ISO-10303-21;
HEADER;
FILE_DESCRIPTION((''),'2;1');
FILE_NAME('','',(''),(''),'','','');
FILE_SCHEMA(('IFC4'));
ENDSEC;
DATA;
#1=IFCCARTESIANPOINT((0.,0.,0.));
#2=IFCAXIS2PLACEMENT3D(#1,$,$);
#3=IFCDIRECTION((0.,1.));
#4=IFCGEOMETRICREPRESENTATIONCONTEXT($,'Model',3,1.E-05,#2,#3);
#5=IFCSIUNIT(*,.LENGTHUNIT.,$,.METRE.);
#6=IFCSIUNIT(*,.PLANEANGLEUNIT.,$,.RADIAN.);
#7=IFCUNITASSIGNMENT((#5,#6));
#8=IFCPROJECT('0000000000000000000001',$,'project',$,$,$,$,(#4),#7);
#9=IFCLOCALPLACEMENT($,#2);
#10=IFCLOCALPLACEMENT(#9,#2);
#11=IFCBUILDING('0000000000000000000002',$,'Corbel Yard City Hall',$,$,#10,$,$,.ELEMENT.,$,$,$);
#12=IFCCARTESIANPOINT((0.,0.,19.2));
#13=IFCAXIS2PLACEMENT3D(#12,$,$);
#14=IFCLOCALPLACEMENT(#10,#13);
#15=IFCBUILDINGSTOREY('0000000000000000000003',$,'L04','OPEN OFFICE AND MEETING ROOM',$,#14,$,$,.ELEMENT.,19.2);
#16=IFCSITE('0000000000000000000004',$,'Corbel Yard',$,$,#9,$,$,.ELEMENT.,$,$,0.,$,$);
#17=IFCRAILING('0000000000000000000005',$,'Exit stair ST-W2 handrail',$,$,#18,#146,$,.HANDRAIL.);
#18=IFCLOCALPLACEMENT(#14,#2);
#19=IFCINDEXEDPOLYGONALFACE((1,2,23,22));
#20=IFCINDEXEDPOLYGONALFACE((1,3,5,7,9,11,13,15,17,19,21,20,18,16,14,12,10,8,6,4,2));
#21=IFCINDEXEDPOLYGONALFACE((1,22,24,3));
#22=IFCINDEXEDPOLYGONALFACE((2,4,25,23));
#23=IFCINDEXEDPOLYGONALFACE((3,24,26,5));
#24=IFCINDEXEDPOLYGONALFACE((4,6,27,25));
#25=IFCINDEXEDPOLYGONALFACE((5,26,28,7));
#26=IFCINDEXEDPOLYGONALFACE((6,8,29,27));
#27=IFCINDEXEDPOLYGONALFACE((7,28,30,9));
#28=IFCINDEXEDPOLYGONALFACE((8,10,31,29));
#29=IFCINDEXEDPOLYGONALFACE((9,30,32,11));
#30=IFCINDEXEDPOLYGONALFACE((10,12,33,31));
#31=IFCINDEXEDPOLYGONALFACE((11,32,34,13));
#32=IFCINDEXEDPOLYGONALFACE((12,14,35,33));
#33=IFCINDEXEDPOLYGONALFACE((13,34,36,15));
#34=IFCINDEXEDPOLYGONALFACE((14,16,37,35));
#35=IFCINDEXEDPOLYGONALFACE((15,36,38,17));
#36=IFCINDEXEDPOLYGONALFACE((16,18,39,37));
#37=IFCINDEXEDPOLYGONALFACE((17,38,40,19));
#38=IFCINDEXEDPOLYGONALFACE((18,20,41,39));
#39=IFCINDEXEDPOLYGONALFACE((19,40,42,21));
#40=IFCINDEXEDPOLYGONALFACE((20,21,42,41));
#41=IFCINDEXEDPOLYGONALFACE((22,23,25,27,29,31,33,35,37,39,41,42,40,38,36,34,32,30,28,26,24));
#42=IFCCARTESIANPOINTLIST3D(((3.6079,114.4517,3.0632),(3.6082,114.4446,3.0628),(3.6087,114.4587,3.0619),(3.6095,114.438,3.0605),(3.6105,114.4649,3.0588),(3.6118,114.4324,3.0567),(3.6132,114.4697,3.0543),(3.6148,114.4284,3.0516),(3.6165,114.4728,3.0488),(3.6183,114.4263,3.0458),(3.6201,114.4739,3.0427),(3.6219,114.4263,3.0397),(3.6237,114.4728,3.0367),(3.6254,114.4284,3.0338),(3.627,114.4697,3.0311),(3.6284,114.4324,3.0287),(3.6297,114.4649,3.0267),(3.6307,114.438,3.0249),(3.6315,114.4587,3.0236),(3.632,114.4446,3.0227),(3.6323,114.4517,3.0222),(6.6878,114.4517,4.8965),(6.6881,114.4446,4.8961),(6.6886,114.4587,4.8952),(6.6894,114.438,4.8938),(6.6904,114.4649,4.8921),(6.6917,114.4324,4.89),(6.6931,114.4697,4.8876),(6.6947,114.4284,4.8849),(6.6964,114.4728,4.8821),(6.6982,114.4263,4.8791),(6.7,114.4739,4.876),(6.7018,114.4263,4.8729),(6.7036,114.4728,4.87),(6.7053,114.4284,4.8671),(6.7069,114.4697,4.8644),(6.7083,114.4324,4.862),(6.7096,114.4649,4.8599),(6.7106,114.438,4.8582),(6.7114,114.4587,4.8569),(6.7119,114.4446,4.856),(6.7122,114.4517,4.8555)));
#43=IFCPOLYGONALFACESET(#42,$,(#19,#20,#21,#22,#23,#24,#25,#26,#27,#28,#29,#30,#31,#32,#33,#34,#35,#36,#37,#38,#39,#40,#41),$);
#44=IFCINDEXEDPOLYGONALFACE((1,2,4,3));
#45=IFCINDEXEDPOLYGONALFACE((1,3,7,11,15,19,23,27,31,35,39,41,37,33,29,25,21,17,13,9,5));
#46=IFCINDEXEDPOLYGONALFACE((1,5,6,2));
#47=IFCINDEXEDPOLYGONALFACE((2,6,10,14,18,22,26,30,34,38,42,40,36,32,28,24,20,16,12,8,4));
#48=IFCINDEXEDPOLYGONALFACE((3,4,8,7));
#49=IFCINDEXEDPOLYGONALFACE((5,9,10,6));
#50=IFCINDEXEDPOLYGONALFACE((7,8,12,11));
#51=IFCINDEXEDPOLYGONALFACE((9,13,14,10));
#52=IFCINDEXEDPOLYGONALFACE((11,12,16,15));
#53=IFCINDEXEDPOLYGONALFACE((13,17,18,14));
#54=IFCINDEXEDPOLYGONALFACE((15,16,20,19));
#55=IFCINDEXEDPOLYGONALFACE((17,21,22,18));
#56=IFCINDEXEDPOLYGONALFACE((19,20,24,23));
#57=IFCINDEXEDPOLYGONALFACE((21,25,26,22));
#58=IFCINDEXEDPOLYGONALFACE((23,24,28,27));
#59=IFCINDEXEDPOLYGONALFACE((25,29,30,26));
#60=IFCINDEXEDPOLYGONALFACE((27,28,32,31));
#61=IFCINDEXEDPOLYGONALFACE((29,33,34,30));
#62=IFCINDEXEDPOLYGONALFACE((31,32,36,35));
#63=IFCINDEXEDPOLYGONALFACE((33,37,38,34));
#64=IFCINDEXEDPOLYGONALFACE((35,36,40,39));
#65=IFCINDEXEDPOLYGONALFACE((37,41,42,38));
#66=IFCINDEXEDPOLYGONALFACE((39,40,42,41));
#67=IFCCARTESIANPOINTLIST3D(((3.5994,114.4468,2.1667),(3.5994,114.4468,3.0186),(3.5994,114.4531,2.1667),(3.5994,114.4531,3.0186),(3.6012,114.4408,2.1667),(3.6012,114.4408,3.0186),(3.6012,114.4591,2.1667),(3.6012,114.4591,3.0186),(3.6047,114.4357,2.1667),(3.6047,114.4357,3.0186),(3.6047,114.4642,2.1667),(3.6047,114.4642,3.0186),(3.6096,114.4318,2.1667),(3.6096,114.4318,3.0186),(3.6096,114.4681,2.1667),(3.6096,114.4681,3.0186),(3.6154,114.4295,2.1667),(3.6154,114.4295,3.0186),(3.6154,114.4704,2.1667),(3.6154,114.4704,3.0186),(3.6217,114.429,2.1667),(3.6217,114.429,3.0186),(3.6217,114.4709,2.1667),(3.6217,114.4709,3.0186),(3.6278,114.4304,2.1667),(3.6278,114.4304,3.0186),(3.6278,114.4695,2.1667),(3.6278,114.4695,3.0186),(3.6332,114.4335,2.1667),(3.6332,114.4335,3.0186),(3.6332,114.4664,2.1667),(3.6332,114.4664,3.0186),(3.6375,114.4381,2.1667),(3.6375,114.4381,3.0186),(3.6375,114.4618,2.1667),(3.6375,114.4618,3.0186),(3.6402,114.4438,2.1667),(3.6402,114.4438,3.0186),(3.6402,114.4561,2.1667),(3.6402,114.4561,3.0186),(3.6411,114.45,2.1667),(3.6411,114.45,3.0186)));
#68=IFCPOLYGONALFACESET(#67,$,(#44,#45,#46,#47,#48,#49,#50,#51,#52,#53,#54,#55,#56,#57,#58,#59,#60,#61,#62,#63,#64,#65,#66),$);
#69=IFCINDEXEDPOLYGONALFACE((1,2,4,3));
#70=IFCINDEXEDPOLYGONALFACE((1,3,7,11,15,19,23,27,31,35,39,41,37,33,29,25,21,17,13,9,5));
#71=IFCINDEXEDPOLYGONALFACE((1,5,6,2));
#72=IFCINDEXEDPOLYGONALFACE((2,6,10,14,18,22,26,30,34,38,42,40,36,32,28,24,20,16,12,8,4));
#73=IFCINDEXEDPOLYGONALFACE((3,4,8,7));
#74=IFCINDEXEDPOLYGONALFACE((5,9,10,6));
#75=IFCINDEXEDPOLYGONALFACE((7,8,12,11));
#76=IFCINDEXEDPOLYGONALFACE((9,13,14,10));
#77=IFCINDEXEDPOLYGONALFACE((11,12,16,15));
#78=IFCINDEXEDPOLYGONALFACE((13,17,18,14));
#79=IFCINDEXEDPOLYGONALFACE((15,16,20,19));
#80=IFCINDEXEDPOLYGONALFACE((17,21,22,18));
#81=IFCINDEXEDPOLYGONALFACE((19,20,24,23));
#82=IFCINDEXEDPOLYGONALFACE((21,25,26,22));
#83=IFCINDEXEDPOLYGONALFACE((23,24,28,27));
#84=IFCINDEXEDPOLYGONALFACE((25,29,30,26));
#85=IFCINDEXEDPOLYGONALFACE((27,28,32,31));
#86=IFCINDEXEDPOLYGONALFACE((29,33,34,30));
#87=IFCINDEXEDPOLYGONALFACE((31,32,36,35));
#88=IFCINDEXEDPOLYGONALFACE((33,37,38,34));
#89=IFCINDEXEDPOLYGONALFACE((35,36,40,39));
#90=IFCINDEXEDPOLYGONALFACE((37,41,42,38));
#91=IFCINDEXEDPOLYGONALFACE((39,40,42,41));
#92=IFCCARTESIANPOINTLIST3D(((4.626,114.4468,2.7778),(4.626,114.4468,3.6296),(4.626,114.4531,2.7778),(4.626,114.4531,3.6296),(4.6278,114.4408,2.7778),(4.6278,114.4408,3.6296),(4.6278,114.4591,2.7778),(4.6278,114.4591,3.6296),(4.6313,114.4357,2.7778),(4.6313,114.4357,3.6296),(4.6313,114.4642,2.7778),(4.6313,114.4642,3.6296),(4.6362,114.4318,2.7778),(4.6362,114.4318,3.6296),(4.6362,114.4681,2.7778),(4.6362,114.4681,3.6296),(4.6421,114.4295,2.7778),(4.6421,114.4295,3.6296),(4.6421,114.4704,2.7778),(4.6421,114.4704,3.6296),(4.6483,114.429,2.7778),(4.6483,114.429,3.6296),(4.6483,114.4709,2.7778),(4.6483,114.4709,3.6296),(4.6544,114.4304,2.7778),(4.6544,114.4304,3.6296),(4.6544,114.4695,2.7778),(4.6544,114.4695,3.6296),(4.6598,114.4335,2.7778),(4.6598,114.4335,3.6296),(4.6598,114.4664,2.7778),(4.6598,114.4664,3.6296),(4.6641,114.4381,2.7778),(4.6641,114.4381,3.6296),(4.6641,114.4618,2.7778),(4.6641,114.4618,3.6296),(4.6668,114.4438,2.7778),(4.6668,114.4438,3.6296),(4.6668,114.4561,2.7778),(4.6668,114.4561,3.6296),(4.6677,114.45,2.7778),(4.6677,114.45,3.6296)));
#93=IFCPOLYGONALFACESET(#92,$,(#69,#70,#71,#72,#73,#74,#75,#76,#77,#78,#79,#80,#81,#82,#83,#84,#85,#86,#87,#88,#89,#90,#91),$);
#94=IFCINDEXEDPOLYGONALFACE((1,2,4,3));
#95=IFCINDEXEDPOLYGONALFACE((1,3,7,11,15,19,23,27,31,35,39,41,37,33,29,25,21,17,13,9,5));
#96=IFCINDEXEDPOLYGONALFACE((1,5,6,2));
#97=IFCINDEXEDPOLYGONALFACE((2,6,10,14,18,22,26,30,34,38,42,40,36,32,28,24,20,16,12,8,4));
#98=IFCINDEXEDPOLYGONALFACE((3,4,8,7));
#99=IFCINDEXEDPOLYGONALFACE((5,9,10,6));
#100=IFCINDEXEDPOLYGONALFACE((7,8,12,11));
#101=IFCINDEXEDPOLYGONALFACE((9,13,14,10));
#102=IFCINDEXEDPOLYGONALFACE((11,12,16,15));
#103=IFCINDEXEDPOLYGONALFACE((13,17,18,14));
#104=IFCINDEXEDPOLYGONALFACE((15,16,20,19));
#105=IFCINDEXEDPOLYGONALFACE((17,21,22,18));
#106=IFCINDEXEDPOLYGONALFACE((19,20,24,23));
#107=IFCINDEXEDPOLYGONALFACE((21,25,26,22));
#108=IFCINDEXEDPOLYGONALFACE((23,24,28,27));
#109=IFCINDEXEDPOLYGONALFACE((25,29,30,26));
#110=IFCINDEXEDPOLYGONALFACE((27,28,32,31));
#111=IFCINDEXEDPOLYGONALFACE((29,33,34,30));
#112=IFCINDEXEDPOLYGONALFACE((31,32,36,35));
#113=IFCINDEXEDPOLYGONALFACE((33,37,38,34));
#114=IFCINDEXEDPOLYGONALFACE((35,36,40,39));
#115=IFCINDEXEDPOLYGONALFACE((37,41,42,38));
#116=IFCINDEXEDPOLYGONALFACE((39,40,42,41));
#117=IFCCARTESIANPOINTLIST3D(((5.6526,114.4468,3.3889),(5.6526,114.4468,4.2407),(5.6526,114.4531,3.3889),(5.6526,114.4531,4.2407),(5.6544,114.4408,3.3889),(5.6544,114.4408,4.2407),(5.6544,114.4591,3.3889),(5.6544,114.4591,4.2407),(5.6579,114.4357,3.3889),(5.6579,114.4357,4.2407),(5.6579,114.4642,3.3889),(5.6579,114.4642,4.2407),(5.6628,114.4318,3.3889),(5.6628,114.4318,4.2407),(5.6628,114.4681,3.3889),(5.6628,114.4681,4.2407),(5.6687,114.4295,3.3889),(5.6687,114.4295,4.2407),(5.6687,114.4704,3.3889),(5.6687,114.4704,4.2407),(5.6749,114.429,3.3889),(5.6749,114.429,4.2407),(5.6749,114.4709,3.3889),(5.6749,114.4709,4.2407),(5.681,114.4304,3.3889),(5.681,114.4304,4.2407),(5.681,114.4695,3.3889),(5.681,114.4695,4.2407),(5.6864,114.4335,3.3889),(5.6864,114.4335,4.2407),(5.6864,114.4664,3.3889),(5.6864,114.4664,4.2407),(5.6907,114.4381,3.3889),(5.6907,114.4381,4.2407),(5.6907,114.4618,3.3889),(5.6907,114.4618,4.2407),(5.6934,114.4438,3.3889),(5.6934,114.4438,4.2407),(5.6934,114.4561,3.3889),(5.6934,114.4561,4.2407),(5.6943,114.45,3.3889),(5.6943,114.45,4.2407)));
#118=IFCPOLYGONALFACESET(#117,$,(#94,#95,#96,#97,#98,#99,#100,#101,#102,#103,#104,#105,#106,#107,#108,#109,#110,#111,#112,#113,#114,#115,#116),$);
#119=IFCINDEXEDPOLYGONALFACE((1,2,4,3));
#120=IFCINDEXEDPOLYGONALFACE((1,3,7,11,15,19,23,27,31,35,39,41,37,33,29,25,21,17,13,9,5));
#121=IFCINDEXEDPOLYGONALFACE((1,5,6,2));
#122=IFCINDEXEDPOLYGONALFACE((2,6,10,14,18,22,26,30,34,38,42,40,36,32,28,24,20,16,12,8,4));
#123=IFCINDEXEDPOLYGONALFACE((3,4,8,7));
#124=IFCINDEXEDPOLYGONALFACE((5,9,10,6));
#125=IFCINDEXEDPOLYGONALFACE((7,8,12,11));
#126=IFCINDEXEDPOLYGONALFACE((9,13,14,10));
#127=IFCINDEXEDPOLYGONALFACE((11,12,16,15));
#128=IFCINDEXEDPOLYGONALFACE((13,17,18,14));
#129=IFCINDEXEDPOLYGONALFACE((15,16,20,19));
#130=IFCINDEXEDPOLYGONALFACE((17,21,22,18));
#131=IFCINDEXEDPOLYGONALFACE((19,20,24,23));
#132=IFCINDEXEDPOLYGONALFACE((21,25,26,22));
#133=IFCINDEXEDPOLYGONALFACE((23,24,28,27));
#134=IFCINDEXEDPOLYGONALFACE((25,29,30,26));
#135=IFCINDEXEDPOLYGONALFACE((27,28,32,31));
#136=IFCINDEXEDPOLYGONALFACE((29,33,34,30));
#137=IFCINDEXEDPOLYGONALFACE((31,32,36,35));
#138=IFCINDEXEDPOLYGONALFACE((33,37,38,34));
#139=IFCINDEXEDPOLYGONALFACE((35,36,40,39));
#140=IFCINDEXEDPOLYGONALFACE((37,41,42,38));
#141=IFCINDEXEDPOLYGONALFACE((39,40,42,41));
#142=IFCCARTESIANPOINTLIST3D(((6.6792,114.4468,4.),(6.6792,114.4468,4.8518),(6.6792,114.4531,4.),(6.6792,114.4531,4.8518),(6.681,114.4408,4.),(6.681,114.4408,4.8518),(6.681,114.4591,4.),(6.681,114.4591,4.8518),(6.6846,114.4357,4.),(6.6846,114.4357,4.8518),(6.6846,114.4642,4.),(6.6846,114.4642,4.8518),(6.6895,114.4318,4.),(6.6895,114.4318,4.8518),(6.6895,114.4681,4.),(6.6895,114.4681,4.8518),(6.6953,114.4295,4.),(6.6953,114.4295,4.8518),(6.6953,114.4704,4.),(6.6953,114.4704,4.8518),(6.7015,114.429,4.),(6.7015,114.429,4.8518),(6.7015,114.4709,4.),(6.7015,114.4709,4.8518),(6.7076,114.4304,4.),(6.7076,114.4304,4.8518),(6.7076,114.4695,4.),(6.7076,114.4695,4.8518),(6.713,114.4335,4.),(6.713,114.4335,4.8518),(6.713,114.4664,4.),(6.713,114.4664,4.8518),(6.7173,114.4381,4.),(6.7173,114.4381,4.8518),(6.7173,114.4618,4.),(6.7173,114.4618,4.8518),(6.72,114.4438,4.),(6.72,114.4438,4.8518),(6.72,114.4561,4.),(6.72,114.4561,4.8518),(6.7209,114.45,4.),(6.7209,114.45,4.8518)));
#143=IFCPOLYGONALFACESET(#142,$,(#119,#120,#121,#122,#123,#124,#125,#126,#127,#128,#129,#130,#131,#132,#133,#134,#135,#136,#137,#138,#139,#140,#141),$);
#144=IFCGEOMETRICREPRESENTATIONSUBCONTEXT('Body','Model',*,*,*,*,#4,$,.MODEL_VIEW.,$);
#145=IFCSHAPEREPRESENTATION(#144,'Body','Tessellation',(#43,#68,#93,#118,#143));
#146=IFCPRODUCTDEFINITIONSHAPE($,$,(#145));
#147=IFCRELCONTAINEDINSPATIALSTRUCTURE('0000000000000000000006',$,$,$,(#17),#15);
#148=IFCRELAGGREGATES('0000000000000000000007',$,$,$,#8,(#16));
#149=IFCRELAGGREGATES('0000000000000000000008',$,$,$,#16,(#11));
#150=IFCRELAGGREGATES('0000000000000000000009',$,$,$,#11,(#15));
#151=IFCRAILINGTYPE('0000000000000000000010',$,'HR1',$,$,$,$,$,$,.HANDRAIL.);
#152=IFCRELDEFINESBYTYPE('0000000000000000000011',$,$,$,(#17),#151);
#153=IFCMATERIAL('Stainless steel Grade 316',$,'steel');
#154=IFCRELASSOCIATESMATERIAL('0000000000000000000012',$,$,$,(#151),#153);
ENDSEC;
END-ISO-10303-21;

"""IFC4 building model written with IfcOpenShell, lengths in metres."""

from ifc_helpers import new_model, si_unit, direction, frame, origin, origin_2d, place, context, subcontext, project, spatial, circle, extrude, material, type_object, element, save


model = new_model("IFC4")

# Units and contexts
model_context = context("Model", 3, precision=1e-05, world=origin(), true_north=direction((0.0, 1.0)))
body_context = subcontext(model_context, "Body", "Model", "MODEL_VIEW")
ifc_project = project(units=[si_unit("LENGTHUNIT", "METRE"), si_unit("PLANEANGLEUNIT", "RADIAN")], contexts=[model_context])

# Site, building, storey
site_placement = place(None, origin())
site = spatial("IfcSite", under=ifc_project, at=site_placement, Name="Corbel Yard", CompositionType="ELEMENT", RefElevation=0.0)
building_placement = place(site_placement, origin())
building = spatial("IfcBuilding", under=site, at=building_placement, Name="Corbel Yard City Hall", CompositionType="ELEMENT")
storey_placement = place(building_placement, frame((0.0, 0.0, 19.2)))
storey = spatial("IfcBuildingStorey", under=building, at=storey_placement, Name="L04", Description="OPEN OFFICE AND MEETING ROOM", CompositionType="ELEMENT", Elevation=19.2)

# Shared definitions
ifc_material_1 = material(Name="Stainless steel Grade 316", Category="steel")

# Railing
railing_type = type_object("IfcRailingType", Name="HR1", PredefinedType="HANDRAIL", material=ifc_material_1)
for number, where, name in (
    (1, (3.6201, 114.45, 2.1667), "Exit stair ST-W2 handrail"),
):
    element("IfcRailing", number, at=place(storey_placement, frame(where)), inside=storey, type_object=railing_type, Name=name, PredefinedType="HANDRAIL", context=body_context, shape_type="SweptSolid", body=[
        extrude(circle(Radius=0.0239, at=origin_2d()), frame((0.0, 0.0, 0.876), z_axis=(0.859291, 0.0, 0.511487), x_axis=(0.0, 1.0, 0.0)), (0.0, 0.0, 1.0), 3.5842),
        extrude(circle(Radius=0.021, at=origin_2d()), origin(), (0.0, 0.0, 1.0), 0.8518),
        extrude(circle(Radius=0.021, at=origin_2d()), frame((1.0266, 0.0, 0.6111)), (0.0, 0.0, 1.0), 0.8518),
        extrude(circle(Radius=0.021, at=origin_2d()), frame((2.0532, 0.0, 1.2222)), (0.0, 0.0, 1.0), 0.8518),
        extrude(circle(Radius=0.021, at=origin_2d()), frame((3.0798, 0.0, 1.8333)), (0.0, 0.0, 1.0), 0.8518),
    ])

save(model, "model.ifc")
